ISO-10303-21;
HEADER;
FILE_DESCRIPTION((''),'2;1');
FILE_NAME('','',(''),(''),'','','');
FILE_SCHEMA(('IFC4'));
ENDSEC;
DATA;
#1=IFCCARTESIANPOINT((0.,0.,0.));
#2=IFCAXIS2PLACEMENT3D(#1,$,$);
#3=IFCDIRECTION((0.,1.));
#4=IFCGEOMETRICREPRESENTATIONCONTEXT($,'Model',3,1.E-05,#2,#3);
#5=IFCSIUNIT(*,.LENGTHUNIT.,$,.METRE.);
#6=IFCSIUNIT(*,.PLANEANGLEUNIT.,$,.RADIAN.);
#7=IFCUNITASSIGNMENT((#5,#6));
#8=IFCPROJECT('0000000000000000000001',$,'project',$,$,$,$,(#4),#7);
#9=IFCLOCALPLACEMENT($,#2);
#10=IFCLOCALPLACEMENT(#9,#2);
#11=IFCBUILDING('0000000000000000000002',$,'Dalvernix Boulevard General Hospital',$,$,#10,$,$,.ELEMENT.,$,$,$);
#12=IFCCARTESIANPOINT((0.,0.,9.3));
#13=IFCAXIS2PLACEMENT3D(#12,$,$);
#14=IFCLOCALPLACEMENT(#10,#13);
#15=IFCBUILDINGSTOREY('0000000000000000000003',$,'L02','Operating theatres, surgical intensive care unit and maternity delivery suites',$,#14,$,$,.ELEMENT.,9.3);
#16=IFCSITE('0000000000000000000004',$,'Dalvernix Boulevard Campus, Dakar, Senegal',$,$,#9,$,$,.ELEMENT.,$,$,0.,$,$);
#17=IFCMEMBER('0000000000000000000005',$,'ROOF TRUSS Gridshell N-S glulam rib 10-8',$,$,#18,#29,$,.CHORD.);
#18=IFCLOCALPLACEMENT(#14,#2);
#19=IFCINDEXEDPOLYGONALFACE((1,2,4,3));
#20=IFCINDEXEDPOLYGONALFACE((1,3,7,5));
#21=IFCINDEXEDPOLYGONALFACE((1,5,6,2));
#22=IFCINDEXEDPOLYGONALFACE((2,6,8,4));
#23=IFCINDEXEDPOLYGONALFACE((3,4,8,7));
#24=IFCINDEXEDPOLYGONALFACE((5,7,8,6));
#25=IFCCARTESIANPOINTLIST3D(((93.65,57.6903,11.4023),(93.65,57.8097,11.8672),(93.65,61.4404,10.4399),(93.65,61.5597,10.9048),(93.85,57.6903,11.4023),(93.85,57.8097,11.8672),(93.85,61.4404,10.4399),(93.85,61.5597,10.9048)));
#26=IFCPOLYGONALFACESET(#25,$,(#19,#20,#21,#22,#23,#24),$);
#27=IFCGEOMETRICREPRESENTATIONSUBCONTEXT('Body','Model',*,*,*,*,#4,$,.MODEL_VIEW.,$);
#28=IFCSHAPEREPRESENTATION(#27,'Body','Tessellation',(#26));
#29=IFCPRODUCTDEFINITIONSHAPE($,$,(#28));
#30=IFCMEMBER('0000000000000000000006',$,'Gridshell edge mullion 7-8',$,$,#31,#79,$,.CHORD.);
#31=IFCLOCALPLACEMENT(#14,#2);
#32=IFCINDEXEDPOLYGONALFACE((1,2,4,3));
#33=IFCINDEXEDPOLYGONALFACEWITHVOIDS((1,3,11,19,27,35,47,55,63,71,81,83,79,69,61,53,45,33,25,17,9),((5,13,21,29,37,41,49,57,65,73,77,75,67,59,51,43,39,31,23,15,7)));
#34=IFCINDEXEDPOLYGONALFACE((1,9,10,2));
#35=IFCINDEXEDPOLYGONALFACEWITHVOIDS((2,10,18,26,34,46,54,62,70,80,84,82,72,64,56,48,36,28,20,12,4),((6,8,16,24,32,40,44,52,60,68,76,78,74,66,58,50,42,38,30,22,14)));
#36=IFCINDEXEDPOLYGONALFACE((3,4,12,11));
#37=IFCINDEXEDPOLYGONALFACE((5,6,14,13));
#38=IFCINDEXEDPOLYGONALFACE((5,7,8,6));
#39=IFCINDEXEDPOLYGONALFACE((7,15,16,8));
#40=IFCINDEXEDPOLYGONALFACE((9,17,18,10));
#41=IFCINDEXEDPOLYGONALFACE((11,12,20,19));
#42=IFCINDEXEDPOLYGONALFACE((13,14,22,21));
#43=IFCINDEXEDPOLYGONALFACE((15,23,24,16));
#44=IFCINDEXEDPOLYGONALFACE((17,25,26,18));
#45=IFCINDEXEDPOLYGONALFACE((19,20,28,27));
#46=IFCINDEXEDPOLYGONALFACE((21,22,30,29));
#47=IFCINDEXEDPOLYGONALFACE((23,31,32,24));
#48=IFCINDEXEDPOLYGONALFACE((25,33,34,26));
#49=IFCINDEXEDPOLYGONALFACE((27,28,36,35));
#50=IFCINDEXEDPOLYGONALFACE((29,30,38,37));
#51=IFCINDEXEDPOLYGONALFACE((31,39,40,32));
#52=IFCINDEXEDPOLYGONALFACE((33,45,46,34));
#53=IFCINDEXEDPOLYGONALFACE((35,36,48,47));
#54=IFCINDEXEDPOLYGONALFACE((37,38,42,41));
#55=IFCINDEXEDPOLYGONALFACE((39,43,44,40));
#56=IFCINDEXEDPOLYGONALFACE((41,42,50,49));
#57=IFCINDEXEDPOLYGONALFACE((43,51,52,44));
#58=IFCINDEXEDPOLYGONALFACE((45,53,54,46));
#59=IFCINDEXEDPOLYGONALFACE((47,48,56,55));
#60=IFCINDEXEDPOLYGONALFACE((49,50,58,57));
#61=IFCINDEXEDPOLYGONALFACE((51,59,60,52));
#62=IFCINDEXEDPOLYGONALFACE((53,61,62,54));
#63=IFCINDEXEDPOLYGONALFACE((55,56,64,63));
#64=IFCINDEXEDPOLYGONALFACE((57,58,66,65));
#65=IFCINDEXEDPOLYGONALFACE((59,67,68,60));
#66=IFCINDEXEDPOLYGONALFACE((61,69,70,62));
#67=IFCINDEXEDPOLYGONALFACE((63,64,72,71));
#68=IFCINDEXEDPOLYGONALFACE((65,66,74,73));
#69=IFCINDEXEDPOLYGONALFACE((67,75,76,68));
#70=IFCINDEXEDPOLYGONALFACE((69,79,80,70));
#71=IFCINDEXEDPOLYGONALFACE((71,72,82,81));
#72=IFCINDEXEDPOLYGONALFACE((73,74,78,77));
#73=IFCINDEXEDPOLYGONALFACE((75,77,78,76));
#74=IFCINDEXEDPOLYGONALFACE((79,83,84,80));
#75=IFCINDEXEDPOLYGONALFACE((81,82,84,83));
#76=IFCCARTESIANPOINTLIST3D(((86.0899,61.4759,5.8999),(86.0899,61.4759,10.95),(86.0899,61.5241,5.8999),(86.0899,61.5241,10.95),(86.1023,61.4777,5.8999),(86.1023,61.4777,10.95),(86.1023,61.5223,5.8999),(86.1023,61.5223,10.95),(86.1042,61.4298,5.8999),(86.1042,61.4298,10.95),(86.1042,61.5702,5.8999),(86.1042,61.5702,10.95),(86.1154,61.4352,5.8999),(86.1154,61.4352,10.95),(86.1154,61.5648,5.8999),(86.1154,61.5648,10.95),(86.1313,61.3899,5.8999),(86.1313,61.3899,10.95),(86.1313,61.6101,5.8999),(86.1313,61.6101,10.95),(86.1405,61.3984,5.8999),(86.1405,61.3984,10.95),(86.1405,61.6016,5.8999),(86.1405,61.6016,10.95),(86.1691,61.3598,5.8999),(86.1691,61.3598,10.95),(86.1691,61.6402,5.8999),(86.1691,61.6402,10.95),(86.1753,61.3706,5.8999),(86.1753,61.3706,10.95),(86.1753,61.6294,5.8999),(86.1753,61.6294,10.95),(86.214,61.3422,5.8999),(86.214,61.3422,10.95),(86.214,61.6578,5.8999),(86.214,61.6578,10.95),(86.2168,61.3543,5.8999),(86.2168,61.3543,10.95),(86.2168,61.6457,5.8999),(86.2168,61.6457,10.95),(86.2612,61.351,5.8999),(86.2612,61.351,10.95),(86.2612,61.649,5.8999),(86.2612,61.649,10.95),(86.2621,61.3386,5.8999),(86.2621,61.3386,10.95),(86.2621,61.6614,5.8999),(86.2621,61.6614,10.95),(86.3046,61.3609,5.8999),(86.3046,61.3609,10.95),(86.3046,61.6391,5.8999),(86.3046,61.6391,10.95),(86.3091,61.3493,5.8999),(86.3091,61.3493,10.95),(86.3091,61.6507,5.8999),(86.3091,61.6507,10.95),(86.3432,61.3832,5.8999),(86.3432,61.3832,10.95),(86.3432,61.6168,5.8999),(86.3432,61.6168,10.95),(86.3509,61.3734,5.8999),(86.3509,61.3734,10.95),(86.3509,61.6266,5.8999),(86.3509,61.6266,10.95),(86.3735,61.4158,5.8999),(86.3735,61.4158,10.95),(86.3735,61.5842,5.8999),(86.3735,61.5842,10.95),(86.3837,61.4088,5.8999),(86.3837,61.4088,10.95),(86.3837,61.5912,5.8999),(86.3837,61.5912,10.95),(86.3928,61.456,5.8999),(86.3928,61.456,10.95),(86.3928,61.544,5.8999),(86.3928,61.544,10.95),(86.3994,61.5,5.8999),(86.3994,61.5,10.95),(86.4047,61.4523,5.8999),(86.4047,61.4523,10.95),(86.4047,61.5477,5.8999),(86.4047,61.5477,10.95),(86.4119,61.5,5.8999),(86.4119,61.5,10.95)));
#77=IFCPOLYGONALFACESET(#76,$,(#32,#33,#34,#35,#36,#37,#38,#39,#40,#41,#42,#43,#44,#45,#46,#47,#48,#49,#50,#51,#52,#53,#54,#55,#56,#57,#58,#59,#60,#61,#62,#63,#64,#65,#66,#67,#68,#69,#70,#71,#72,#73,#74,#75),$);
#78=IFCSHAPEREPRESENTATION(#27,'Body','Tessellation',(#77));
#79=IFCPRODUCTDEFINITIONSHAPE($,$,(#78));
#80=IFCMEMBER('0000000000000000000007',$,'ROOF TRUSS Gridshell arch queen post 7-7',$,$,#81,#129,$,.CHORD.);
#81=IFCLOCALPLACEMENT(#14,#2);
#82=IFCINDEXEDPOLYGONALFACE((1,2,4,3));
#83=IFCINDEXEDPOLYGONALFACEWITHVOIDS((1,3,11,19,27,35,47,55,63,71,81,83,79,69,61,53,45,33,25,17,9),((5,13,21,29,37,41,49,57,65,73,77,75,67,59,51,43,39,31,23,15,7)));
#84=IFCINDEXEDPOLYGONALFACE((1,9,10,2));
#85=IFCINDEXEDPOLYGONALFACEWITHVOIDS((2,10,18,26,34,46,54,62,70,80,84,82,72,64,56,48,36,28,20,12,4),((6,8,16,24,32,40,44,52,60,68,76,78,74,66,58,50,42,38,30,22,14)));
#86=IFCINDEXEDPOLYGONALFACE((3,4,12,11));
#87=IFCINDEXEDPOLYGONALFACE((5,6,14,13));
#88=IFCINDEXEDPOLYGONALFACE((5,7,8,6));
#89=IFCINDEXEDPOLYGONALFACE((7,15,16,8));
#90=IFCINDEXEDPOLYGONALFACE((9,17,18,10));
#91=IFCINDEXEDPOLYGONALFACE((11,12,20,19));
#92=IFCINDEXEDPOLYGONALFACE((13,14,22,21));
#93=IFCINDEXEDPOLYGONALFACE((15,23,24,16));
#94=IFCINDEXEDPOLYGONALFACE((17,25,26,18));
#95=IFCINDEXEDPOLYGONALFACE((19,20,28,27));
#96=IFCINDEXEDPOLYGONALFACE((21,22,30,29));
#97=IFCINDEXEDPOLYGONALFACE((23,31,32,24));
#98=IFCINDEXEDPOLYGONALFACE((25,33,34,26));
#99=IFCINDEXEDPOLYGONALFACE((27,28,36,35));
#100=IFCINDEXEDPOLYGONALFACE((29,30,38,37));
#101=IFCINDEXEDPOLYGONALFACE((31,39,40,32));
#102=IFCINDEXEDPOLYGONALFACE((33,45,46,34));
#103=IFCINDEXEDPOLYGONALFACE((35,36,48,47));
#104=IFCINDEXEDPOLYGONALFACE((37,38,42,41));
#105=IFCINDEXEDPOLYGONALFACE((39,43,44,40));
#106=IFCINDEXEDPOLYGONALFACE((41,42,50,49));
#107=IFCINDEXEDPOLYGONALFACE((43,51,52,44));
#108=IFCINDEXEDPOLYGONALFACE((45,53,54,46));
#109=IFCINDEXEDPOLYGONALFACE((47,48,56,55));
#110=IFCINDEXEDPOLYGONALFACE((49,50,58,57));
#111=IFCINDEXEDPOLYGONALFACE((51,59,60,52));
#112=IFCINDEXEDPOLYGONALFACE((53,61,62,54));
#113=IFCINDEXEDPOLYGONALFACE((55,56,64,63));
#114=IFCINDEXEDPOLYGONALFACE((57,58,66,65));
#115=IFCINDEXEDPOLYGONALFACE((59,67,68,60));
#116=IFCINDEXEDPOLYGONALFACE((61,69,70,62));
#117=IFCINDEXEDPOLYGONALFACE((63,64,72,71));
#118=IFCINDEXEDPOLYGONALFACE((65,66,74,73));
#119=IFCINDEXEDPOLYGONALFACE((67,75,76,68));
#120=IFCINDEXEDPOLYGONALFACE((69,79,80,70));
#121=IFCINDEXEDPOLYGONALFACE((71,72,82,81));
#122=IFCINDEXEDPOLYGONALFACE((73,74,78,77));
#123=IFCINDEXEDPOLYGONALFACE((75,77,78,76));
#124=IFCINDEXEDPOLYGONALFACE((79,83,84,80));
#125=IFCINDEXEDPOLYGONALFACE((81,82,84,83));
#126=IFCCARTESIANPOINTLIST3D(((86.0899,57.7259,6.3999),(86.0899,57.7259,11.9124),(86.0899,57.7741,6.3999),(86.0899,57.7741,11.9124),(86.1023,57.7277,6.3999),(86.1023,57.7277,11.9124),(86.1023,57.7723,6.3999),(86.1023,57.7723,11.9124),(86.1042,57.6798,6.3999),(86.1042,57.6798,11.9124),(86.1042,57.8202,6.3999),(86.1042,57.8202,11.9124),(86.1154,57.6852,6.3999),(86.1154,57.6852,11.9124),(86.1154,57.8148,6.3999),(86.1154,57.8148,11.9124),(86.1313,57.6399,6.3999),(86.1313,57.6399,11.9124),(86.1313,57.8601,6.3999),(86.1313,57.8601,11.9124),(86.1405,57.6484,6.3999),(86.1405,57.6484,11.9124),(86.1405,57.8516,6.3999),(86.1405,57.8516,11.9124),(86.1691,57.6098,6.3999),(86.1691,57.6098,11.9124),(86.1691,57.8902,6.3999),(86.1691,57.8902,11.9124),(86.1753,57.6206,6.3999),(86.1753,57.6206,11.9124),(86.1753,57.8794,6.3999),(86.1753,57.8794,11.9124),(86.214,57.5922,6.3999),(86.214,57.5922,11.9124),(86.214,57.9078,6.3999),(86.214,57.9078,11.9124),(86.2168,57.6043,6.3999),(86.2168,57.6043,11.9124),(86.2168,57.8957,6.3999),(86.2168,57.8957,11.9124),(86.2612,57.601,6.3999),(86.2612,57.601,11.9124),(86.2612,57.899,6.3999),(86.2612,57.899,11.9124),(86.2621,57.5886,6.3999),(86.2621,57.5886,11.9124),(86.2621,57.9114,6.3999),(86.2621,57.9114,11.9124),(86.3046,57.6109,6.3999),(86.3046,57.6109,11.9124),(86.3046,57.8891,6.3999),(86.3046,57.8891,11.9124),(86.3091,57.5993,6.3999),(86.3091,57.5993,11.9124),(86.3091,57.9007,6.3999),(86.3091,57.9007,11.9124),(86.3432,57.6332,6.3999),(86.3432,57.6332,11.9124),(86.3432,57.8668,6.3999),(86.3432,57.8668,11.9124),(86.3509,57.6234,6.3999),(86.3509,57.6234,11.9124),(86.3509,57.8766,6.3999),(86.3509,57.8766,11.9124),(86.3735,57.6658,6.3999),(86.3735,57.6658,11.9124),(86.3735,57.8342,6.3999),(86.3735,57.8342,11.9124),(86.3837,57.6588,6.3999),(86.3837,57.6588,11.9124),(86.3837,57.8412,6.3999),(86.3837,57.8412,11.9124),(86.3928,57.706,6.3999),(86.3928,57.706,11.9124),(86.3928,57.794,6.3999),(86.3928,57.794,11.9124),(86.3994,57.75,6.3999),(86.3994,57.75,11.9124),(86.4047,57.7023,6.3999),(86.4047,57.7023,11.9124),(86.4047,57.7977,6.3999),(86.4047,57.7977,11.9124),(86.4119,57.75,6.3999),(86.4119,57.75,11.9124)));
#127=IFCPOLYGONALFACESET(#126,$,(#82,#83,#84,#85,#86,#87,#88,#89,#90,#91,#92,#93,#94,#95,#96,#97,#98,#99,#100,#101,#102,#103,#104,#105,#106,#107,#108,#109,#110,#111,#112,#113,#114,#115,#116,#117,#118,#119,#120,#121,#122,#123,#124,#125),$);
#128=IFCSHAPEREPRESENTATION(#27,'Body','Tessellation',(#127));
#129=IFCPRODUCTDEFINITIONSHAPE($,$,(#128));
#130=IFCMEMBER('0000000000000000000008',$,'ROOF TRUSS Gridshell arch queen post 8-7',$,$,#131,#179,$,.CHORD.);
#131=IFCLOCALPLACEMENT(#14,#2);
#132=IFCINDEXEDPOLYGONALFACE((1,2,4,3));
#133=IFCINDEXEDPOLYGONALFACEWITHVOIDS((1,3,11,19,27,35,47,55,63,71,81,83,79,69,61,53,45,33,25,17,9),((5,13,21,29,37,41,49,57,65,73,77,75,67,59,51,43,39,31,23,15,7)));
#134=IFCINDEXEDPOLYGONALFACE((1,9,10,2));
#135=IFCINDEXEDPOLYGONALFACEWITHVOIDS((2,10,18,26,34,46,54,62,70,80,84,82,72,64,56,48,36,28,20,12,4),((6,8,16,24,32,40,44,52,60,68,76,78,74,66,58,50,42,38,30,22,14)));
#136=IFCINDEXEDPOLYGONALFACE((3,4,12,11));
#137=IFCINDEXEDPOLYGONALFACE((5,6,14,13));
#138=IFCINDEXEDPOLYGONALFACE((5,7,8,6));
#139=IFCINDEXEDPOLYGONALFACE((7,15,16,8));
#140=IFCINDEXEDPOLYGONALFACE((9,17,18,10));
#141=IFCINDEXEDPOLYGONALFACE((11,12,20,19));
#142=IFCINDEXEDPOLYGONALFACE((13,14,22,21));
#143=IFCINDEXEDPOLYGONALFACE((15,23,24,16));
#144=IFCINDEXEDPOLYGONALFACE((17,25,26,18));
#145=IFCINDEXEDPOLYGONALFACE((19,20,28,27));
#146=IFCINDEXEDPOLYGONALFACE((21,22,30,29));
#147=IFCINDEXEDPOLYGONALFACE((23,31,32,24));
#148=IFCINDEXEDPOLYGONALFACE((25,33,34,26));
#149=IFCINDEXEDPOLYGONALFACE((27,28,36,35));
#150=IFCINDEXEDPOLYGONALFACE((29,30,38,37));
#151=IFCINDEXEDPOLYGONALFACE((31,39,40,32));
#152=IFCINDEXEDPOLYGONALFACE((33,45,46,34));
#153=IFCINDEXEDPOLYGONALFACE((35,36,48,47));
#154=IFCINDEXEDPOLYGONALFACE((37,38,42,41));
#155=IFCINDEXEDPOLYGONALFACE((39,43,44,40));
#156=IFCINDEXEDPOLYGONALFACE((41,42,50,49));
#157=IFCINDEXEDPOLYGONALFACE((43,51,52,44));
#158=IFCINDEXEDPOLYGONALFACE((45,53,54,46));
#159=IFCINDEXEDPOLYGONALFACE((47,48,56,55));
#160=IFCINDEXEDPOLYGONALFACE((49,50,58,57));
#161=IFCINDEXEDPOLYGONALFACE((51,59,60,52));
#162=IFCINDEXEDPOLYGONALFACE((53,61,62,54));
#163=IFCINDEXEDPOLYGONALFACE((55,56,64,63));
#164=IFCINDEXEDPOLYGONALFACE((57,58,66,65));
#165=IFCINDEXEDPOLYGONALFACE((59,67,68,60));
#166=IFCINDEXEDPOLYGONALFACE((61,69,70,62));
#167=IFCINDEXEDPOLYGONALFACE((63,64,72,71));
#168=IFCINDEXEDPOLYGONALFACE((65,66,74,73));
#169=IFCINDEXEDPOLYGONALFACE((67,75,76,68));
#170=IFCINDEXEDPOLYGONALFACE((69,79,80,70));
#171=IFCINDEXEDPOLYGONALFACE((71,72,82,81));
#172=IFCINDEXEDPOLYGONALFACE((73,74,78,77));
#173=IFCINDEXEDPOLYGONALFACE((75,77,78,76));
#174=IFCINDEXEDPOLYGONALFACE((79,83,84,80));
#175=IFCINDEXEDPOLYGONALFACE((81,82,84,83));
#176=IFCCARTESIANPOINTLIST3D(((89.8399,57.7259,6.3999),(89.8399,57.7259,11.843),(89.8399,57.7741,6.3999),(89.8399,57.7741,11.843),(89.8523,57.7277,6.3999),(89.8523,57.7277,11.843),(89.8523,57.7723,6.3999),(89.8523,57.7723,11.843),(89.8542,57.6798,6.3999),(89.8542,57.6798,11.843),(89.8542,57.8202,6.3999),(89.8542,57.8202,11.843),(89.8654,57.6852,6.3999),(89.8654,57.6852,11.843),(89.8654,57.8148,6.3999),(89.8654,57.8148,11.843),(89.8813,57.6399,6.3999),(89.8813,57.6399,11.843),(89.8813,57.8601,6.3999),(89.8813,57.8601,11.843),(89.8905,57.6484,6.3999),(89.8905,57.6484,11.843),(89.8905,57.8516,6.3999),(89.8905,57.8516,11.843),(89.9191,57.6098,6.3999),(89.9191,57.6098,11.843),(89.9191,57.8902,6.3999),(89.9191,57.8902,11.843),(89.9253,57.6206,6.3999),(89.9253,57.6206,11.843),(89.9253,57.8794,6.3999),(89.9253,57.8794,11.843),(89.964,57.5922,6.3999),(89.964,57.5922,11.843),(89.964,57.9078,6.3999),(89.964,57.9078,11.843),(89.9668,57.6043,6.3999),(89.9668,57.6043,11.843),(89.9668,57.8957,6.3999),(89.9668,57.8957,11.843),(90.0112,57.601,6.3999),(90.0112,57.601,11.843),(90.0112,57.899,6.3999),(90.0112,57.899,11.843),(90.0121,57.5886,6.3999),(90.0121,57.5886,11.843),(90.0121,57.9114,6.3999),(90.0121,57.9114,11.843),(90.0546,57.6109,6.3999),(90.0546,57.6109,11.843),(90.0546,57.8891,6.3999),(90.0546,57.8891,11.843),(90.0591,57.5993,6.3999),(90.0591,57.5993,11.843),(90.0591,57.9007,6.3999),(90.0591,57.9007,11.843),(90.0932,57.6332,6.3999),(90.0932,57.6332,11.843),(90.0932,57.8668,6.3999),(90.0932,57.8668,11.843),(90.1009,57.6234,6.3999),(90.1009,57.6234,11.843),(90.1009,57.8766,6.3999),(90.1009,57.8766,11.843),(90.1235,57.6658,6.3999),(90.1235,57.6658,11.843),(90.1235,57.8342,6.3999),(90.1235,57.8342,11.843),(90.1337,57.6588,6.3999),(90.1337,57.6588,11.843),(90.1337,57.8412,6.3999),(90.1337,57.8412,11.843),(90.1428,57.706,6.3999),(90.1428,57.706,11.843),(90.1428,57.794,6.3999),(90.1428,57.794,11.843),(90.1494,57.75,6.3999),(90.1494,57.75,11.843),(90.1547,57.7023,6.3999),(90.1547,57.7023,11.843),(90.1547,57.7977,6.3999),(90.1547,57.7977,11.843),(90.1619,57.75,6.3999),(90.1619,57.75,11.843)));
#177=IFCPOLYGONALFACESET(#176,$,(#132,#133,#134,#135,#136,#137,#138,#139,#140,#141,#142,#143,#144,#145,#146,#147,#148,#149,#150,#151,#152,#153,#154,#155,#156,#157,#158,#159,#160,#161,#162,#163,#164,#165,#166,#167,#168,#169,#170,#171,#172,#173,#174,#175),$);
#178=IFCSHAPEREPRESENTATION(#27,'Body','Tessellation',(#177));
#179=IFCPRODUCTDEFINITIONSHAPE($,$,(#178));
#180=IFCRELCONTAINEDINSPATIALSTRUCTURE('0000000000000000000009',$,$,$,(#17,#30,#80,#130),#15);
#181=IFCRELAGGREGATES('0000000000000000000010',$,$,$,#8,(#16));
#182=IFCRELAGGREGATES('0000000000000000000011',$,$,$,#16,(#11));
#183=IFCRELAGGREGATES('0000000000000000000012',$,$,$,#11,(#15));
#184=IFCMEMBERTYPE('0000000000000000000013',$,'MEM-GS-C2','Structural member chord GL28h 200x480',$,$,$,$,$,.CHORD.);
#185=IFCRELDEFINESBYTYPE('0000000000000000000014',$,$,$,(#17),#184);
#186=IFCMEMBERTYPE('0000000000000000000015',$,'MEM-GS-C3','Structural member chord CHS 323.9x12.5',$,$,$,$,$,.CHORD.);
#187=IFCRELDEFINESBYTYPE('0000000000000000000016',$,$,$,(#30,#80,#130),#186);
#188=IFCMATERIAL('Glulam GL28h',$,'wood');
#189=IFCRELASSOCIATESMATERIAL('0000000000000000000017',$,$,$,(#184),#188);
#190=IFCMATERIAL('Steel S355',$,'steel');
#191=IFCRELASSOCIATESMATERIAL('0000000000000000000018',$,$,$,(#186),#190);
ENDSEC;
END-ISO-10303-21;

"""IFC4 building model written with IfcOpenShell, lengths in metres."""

from ifc_helpers import new_model, si_unit, direction, frame, origin, origin_2d, place, context, subcontext, project, spatial, rectangle, hollow_circle, extrude, material, material_profile, profile_set, type_object, element, save


model = new_model("IFC4")

# Units and contexts
model_context = context("Model", 3, precision=1e-05, world=origin(), true_north=direction((0.0, 1.0)))
body_context = subcontext(model_context, "Body", "Model", "MODEL_VIEW")
ifc_project = project(units=[si_unit("LENGTHUNIT", "METRE"), si_unit("PLANEANGLEUNIT", "RADIAN")], contexts=[model_context])

# Site, building, storey
site_placement = place(None, origin())
site = spatial("IfcSite", under=ifc_project, at=site_placement, Name="Dalvernix Boulevard Campus, Dakar, Senegal", CompositionType="ELEMENT", RefElevation=0.0)
building_placement = place(site_placement, origin())
building = spatial("IfcBuilding", under=site, at=building_placement, Name="Dalvernix Boulevard General Hospital", CompositionType="ELEMENT")
storey_placement = place(building_placement, frame((0.0, 0.0, 9.3)))
storey = spatial("IfcBuildingStorey", under=building, at=storey_placement, Name="L02", Description="Operating theatres, surgical intensive care unit and maternity delivery suites", CompositionType="ELEMENT", Elevation=9.3)

# Shared definitions
ifc_material_1 = material(Name="Steel S355", Category="steel")

# Members
ifc_material_2 = material(Name="Glulam GL28h", Category="wood")
ifc_material_profile_1 = material_profile(ifc_material_2, rectangle(XDim=0.2, YDim=0.48, at=origin_2d()), Name="GL28h 200x480")
ifc_profile_set_1 = profile_set([ifc_material_profile_1], Name="Glulam GL28h")
member_type_1 = type_object("IfcMemberType", Name="MEM-GS-C2", Description="Structural member chord GL28h 200x480", PredefinedType="CHORD", material=ifc_profile_set_1)
for number, where, z_axis, x_axis, name in (
    (1, (93.75, 57.75, 11.6348), (0.0, 0.96861, -0.248585), (-1.0, 0.0, 0.0), "ROOF TRUSS Gridshell N-S glulam rib 10-8"),
):
    element("IfcMember", number, at=place(storey_placement, frame(where, z_axis=z_axis, x_axis=x_axis)), inside=storey, type_object=member_type_1, Name=name, PredefinedType="CHORD", context=body_context, shape_type="SweptSolid", body=[
        extrude(rectangle(XDim=0.2, YDim=0.48, at=origin_2d()), origin(), (0.0, 0.0, 1.0), 3.8716),
    ])
ifc_material_profile_2 = material_profile(ifc_material_1, hollow_circle(Radius=0.1619, WallThickness=0.0125, at=origin_2d()), Name="CHS 323.9x12.5")
ifc_profile_set_2 = profile_set([ifc_material_profile_2], Name="Steel S355")
member_type_2 = type_object("IfcMemberType", Name="MEM-GS-C3", Description="Structural member chord CHS 323.9x12.5", PredefinedType="CHORD", material=ifc_profile_set_2)
member_1_placement = place(storey_placement, frame((86.25, 61.5, 5.8999), z_axis=(0.0, 0.0, 1.0), x_axis=(1.0, 0.0, 0.0)))
element("IfcMember", 2, at=member_1_placement, inside=storey, type_object=member_type_2, Name="Gridshell edge mullion 7-8", PredefinedType="CHORD", context=body_context, shape_type="SweptSolid", body=[
    extrude(hollow_circle(Radius=0.1619, WallThickness=0.0125, at=origin_2d()), origin(), (0.0, 0.0, 1.0), 5.05),
])
member_2_placement = place(storey_placement, frame((86.25, 57.75, 6.3999), z_axis=(0.0, 0.0, 1.0), x_axis=(1.0, 0.0, 0.0)))
element("IfcMember", 3, at=member_2_placement, inside=storey, type_object=member_type_2, Name="ROOF TRUSS Gridshell arch queen post 7-7", PredefinedType="CHORD", context=body_context, shape_type="SweptSolid", body=[
    extrude(hollow_circle(Radius=0.1619, WallThickness=0.0125, at=origin_2d()), origin(), (0.0, 0.0, 1.0), 5.5125),
])
member_3_placement = place(storey_placement, frame((90.0, 57.75, 6.3999), z_axis=(0.0, 0.0, 1.0), x_axis=(1.0, 0.0, 0.0)))
element("IfcMember", 4, at=member_3_placement, inside=storey, type_object=member_type_2, Name="ROOF TRUSS Gridshell arch queen post 8-7", PredefinedType="CHORD", context=body_context, shape_type="SweptSolid", body=[
    extrude(hollow_circle(Radius=0.1619, WallThickness=0.0125, at=origin_2d()), origin(), (0.0, 0.0, 1.0), 5.4431),
])

save(model, "model.ifc")
